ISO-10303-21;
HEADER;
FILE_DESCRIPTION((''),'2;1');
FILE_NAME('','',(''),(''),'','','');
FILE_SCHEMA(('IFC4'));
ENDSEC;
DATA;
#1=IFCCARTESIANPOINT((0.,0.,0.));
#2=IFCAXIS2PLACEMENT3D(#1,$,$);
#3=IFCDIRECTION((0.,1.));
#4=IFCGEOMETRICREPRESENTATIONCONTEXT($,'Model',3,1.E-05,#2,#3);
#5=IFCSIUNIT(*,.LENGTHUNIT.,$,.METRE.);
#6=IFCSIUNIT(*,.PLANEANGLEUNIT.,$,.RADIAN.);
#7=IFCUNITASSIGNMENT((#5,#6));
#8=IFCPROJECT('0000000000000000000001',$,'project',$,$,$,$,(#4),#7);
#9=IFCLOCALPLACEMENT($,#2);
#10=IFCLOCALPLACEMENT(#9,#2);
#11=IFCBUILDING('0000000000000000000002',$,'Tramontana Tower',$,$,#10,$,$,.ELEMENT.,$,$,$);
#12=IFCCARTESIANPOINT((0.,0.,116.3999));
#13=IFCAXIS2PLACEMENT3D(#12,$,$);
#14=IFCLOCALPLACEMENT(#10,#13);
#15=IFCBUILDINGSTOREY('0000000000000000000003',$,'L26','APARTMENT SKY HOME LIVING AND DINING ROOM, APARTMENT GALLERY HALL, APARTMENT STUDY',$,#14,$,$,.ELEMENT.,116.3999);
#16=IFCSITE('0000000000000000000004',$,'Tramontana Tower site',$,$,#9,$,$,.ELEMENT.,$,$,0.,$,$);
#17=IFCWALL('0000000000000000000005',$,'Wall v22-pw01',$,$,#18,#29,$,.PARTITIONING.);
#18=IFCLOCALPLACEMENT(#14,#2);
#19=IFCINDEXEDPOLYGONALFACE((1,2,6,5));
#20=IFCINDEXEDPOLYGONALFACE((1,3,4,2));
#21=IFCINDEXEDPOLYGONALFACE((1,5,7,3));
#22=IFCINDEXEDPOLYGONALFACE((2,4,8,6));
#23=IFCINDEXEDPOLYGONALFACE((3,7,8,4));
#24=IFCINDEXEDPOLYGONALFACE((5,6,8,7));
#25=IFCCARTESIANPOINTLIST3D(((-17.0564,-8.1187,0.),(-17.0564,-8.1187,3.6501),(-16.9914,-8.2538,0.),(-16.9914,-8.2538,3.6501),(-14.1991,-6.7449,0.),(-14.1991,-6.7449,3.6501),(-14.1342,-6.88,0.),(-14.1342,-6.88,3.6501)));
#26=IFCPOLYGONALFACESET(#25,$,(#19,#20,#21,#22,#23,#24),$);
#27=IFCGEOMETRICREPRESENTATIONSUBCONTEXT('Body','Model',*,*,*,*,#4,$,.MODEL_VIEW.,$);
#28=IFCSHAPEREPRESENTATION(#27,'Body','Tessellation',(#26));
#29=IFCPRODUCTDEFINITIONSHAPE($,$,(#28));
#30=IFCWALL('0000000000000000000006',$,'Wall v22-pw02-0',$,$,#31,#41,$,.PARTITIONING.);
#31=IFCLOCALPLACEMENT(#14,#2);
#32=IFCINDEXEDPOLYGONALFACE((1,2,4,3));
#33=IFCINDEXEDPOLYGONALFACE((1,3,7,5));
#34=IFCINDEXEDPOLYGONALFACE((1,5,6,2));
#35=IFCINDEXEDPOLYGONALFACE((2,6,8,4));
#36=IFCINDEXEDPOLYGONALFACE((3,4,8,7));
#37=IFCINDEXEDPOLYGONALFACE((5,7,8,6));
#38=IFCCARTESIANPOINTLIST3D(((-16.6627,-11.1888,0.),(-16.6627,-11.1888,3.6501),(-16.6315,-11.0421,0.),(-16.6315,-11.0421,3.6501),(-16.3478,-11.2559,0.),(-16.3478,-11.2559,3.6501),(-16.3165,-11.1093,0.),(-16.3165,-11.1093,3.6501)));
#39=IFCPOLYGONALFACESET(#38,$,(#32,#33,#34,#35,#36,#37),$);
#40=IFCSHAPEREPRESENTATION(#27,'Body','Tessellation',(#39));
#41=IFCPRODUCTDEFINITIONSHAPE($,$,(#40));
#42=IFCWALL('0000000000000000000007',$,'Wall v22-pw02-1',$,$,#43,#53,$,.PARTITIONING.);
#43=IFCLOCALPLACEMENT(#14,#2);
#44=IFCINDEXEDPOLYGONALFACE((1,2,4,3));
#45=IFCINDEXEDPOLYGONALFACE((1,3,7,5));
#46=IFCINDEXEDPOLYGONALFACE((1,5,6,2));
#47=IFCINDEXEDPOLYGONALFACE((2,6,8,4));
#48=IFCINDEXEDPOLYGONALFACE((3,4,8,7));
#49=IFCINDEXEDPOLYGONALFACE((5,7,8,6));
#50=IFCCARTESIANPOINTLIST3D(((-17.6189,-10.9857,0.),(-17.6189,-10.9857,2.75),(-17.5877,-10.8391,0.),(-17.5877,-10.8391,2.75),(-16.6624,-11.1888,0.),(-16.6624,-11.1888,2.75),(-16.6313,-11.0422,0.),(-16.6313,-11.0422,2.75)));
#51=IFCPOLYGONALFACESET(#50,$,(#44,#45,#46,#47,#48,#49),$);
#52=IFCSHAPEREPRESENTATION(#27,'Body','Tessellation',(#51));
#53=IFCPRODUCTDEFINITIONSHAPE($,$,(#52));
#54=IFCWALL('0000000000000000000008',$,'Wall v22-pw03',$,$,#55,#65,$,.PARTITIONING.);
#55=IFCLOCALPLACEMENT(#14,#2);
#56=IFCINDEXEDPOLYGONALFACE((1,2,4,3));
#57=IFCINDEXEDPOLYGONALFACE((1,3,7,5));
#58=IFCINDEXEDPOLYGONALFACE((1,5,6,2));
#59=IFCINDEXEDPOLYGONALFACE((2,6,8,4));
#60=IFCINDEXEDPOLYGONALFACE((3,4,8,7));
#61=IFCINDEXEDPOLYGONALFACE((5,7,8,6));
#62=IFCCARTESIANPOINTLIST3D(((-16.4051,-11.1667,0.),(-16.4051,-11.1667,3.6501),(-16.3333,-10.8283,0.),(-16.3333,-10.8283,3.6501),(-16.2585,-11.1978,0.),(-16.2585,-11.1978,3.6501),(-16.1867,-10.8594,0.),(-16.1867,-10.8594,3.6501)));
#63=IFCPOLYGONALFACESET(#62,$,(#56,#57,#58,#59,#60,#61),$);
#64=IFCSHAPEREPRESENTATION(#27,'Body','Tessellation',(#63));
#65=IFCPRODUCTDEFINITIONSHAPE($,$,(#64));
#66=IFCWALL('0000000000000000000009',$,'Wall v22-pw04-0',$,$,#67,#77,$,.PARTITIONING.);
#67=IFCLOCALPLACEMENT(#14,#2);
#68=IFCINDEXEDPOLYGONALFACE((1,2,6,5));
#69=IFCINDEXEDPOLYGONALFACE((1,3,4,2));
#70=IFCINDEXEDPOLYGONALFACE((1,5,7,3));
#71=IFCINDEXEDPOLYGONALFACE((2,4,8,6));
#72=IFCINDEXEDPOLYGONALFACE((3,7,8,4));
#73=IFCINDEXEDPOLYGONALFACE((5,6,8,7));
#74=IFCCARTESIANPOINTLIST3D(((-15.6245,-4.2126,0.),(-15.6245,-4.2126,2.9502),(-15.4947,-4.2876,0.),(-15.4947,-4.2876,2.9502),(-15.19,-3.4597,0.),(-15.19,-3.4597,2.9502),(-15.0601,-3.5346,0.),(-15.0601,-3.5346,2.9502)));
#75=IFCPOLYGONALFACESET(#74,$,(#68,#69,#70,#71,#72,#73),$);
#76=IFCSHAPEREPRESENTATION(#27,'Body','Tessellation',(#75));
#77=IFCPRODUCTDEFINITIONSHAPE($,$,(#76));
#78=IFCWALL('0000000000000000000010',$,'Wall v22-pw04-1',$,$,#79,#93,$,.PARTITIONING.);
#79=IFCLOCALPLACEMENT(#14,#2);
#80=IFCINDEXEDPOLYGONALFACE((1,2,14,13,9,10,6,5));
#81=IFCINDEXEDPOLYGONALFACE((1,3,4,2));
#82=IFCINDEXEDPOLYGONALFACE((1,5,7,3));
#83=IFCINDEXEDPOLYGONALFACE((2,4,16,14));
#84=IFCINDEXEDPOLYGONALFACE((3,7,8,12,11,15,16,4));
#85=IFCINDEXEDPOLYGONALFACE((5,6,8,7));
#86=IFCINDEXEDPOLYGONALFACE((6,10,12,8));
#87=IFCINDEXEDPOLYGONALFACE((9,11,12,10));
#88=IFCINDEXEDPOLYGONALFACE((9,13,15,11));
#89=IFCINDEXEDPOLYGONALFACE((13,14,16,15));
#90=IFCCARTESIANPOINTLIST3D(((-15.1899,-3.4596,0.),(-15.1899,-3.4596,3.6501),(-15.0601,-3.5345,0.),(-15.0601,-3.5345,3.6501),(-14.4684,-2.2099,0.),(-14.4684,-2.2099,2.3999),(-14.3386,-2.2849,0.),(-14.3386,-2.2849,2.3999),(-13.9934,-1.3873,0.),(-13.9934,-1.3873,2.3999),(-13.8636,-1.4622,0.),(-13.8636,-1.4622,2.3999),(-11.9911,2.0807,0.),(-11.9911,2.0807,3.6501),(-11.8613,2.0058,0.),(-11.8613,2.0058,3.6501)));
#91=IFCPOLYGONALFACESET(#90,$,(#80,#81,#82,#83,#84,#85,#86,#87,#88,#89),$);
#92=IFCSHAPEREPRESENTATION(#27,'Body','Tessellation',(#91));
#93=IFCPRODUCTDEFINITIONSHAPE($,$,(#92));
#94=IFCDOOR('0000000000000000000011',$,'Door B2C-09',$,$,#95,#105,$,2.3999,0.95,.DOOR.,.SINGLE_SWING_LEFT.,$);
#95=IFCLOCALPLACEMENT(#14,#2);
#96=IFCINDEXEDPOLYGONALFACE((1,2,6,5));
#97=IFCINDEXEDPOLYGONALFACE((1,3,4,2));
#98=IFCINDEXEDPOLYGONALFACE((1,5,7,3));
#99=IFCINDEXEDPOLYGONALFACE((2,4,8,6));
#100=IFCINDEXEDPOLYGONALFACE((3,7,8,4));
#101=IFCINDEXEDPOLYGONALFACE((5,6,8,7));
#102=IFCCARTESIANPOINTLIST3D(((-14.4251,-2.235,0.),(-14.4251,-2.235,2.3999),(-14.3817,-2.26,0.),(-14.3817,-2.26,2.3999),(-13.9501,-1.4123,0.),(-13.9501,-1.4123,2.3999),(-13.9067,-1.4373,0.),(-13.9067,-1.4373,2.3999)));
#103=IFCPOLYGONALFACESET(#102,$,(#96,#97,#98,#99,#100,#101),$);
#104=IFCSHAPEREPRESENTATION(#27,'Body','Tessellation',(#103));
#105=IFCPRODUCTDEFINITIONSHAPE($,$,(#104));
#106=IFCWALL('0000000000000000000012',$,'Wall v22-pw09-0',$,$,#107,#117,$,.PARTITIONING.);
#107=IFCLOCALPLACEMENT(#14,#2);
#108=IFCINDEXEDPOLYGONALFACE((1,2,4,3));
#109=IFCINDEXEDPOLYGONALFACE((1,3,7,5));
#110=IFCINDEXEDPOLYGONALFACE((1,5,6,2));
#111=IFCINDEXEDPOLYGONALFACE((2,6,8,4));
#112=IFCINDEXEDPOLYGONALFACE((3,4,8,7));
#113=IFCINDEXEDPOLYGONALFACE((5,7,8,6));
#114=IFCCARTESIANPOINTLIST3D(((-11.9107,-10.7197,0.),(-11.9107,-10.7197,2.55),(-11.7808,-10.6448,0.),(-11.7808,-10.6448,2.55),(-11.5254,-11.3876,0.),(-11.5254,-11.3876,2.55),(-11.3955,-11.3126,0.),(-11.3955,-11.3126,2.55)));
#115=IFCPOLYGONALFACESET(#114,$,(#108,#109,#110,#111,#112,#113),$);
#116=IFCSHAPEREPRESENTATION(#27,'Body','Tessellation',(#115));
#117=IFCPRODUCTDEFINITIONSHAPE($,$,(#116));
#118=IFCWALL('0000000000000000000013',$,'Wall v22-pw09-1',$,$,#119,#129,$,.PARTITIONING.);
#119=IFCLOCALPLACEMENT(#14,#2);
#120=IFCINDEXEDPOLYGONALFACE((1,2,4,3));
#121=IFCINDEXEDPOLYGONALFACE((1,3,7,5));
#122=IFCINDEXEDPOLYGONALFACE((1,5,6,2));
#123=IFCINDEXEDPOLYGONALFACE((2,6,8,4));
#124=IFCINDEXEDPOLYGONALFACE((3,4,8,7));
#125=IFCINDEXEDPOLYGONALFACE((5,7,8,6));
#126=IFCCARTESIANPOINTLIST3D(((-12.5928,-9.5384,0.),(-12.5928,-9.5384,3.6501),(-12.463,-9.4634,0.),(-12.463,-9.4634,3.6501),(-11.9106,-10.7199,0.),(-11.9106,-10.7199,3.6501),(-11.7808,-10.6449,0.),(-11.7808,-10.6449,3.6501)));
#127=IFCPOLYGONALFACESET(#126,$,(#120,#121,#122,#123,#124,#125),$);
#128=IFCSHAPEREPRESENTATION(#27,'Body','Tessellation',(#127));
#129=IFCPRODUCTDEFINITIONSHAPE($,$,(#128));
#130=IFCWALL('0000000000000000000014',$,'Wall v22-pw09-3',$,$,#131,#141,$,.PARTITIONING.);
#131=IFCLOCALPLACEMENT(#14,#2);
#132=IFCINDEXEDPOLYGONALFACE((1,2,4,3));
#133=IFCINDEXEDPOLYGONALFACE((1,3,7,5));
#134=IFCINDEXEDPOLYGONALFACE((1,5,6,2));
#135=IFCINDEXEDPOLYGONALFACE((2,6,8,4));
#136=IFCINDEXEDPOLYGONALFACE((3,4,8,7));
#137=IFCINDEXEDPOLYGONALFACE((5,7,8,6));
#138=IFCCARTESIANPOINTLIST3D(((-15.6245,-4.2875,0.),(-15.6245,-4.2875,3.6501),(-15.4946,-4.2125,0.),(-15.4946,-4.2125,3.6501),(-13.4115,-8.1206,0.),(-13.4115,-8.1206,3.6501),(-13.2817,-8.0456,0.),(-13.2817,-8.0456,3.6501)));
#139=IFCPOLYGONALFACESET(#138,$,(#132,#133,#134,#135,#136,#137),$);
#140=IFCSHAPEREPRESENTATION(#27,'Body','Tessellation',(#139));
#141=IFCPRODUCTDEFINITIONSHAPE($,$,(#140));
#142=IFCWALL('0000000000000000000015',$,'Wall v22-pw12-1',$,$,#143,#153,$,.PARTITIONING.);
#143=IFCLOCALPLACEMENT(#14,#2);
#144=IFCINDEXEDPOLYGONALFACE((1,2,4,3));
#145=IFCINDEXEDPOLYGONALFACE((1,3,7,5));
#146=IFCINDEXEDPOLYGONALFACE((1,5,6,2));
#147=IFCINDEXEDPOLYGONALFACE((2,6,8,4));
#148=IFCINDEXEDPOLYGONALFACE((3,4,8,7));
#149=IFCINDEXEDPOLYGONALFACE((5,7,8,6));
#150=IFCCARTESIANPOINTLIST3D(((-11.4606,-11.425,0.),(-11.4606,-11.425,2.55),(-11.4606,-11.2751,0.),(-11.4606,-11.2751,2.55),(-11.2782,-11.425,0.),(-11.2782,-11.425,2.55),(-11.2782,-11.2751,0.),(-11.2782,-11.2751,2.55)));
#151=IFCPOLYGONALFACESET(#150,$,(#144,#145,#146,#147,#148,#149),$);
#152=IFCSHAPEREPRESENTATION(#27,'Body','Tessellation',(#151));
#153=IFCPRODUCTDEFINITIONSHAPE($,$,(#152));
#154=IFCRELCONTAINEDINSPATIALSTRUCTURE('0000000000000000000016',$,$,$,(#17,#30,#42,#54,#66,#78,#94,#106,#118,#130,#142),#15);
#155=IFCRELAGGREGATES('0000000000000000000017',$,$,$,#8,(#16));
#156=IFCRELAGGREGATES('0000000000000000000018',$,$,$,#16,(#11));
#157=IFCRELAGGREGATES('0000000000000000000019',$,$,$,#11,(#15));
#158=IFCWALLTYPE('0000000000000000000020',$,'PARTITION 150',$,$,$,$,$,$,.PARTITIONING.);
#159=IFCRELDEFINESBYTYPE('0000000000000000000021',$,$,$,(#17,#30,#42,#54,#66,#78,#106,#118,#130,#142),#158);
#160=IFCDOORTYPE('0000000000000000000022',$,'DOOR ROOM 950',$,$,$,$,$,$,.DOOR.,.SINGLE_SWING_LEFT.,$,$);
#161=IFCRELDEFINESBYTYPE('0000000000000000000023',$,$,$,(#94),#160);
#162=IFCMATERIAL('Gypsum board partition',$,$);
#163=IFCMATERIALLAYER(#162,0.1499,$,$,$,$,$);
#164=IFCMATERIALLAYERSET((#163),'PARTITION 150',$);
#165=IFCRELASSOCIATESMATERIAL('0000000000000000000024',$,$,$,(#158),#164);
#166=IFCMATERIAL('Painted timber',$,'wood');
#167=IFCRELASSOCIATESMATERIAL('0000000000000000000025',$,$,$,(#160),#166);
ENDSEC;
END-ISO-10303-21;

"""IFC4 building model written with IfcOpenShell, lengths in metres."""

from ifc_helpers import new_model, si_unit, direction, frame, frame_2d, origin, place, context, subcontext, project, spatial, rectangle, extrude, material, layer, layer_set, type_object, element, fill, save


model = new_model("IFC4")

# Units and contexts
model_context = context("Model", 3, precision=1e-05, world=origin(), true_north=direction((0.0, 1.0)))
body_context = subcontext(model_context, "Body", "Model", "MODEL_VIEW")
ifc_project = project(units=[si_unit("LENGTHUNIT", "METRE"), si_unit("PLANEANGLEUNIT", "RADIAN")], contexts=[model_context])

# Site, building, storey
site_placement = place(None, origin())
site = spatial("IfcSite", under=ifc_project, at=site_placement, Name="Tramontana Tower site", CompositionType="ELEMENT", RefElevation=0.0)
building_placement = place(site_placement, origin())
building = spatial("IfcBuilding", under=site, at=building_placement, Name="Tramontana Tower", CompositionType="ELEMENT")
storey_placement = place(building_placement, frame((0.0, 0.0, 116.3999)))
storey = spatial("IfcBuildingStorey", under=building, at=storey_placement, Name="L26", Description="APARTMENT SKY HOME LIVING AND DINING ROOM, APARTMENT GALLERY HALL, APARTMENT STUDY", CompositionType="ELEMENT", Elevation=116.3999)

# Walls
ifc_material_1 = material(Name="Gypsum board partition")
ifc_layer_1 = layer(ifc_material_1, 0.1499)
ifc_layer_set_1 = layer_set([ifc_layer_1], Name="PARTITION 150")
wall_type_1 = type_object("IfcWallType", Name="PARTITION 150", PredefinedType="PARTITIONING", material=ifc_layer_set_1)
wall_1_placement = place(storey_placement, frame((-17.0239, -8.1863, 0.0), z_axis=(0.0, 0.0, 1.0), x_axis=(0.901236, 0.433329, 0.0)))
element("IfcWall", 1, at=wall_1_placement, inside=storey, type_object=wall_type_1, Name="Wall v22-pw01", PredefinedType="PARTITIONING", context=body_context, shape_type="SweptSolid", body=[
    extrude(rectangle(XDim=3.1704, YDim=0.1499, at=frame_2d((1.5852, 0.0))), origin(), (0.0, 0.0, 1.0), 3.6501),
])
wall_2_placement = place(storey_placement, frame((-16.332, -11.1826, 0.0), z_axis=(0.0, 0.0, 1.0), x_axis=(-0.978024, 0.208493, 0.0)))
element("IfcWall", 2, at=wall_2_placement, inside=storey, type_object=wall_type_1, Name="Wall v22-pw02-0", PredefinedType="PARTITIONING", context=body_context, shape_type="SweptSolid", body=[
    extrude(rectangle(XDim=0.322, YDim=0.1499, at=frame_2d((0.1611, 0.0))), origin(), (0.0, 0.0, 1.0), 3.6501),
])
wall_3_placement = place(storey_placement, frame((-16.647, -11.1155, 0.0), z_axis=(0.0, 0.0, 1.0), x_axis=(-0.978188, 0.207721, 0.0)))
element("IfcWall", 3, at=wall_3_placement, inside=storey, type_object=wall_type_1, Name="Wall v22-pw02-1", PredefinedType="PARTITIONING", context=body_context, shape_type="SweptSolid", body=[
    extrude(rectangle(XDim=0.9778, YDim=0.1499, at=frame_2d((0.4888, 0.0))), origin(), (0.0, 0.0, 1.0), 2.75),
])
wall_4_placement = place(storey_placement, frame((-16.26, -10.844, 0.0), z_axis=(0.0, 0.0, 1.0), x_axis=(-0.207504, -0.978234, 0.0)))
element("IfcWall", 4, at=wall_4_placement, inside=storey, type_object=wall_type_1, Name="Wall v22-pw03", PredefinedType="PARTITIONING", context=body_context, shape_type="SweptSolid", body=[
    extrude(rectangle(XDim=0.3459, YDim=0.1499, at=frame_2d((0.1729, 0.0))), origin(), (0.0, 0.0, 1.0), 3.6501),
])
wall_5_placement = place(storey_placement, frame((-15.5596, -4.25, 0.0), z_axis=(0.0, 0.0, 1.0), x_axis=(0.499885, 0.866092, 0.0)))
element("IfcWall", 5, at=wall_5_placement, inside=storey, type_object=wall_type_1, Name="Wall v22-pw04-0", PredefinedType="PARTITIONING", context=body_context, shape_type="SweptSolid", body=[
    extrude(rectangle(XDim=0.8694, YDim=0.1499, at=frame_2d((0.4346, 0.0))), origin(), (0.0, 0.0, 1.0), 2.9502),
])

# Wall, opening, door
wall_6_placement = place(storey_placement, frame((-15.125, -3.4971, 0.0), z_axis=(0.0, 0.0, 1.0), x_axis=(0.500005, 0.866022, 0.0)))
wall_6 = element("IfcWall", 6, at=wall_6_placement, inside=storey, type_object=wall_type_1, Name="Wall v22-pw04-1", PredefinedType="PARTITIONING", context=body_context, shape_type="SweptSolid", body=[
    extrude(rectangle(XDim=6.3975, YDim=0.1499, at=frame_2d((3.1987, 0.0))), origin(), (0.0, 0.0, 1.0), 3.6501),
])
opening_1_placement = place(wall_6_placement, frame((1.4429, 0.0, 0.0)))
opening_1 = element("IfcOpeningElement", 7, at=opening_1_placement, cuts=wall_6, PredefinedType="OPENING", context=body_context, shape_type="SweptSolid", body=[
    extrude(rectangle(XDim=0.95, YDim=2.3999, at=frame_2d((0.4751, 1.2))), frame((0.0, 0.085, 0.0), z_axis=(0.0, -1.0, 0.0), x_axis=(1.0, 0.0, 0.0)), (0.0, 0.0, 1.0), 0.1699),
])
ifc_material_2 = material(Name="Painted timber", Category="wood")
door_type_1 = type_object("IfcDoorType", Name="DOOR ROOM 950", OperationType="SINGLE_SWING_LEFT", PredefinedType="DOOR", material=ifc_material_2)
door_1_placement = place(opening_1_placement, origin())
door_1 = element("IfcDoor", 8, at=door_1_placement, inside=storey, type_object=door_type_1, Name="Door B2C-09", OperationType="SINGLE_SWING_LEFT", OverallHeight=2.3999, OverallWidth=0.95, PredefinedType="DOOR", context=body_context, shape_type="SweptSolid", body=[
    extrude(rectangle(XDim=0.95, YDim=2.3999, at=frame_2d((0.4751, 1.2))), frame((0.0, 0.0249, 0.0), z_axis=(0.0, -1.0, 0.0), x_axis=(1.0, 0.0, 0.0)), (0.0, 0.0, 1.0), 0.05),
])
fill(opening_1, door_1)

# Walls
wall_7_placement = place(storey_placement, frame((-11.4604, -11.3501, 0.0), z_axis=(0.0, 0.0, 1.0), x_axis=(-0.49975, 0.86617, 0.0)))
element("IfcWall", 9, at=wall_7_placement, inside=storey, type_object=wall_type_1, Name="Wall v22-pw09-0", PredefinedType="PARTITIONING", context=body_context, shape_type="SweptSolid", body=[
    extrude(rectangle(XDim=0.771, YDim=0.1499, at=frame_2d((0.3855, 0.0))), origin(), (0.0, 0.0, 1.0), 2.55),
])
wall_8_placement = place(storey_placement, frame((-11.8457, -10.6824, 0.0), z_axis=(0.0, 0.0, 1.0), x_axis=(-0.500027, 0.86601, 0.0)))
element("IfcWall", 10, at=wall_8_placement, inside=storey, type_object=wall_type_1, Name="Wall v22-pw09-1", PredefinedType="PARTITIONING", context=body_context, shape_type="SweptSolid", body=[
    extrude(rectangle(XDim=1.3643, YDim=0.1499, at=frame_2d((0.6821, 0.0))), origin(), (0.0, 0.0, 1.0), 3.6501),
])

# Walls
wall_9_placement = place(storey_placement, frame((-13.3467, -8.083, 0.0), z_axis=(0.0, 0.0, 1.0), x_axis=(-0.499983, 0.866035, 0.0)))
element("IfcWall", 11, at=wall_9_placement, inside=storey, type_object=wall_type_1, Name="Wall v22-pw09-3", PredefinedType="PARTITIONING", context=body_context, shape_type="SweptSolid", body=[
    extrude(rectangle(XDim=4.426, YDim=0.1499, at=frame_2d((2.2129, 0.0))), origin(), (0.0, 0.0, 1.0), 3.6501),
])
wall_10_placement = place(storey_placement, frame((-11.2781, -11.3501, 0.0), z_axis=(0.0, 0.0, 1.0), x_axis=(-1.0, 0.0, 0.0)))
element("IfcWall", 12, at=wall_10_placement, inside=storey, type_object=wall_type_1, Name="Wall v22-pw12-1", PredefinedType="PARTITIONING", context=body_context, shape_type="SweptSolid", body=[
    extrude(rectangle(XDim=0.1824, YDim=0.1499, at=frame_2d((0.0913, 0.0))), origin(), (0.0, 0.0, 1.0), 2.55),
])

save(model, "model.ifc")
